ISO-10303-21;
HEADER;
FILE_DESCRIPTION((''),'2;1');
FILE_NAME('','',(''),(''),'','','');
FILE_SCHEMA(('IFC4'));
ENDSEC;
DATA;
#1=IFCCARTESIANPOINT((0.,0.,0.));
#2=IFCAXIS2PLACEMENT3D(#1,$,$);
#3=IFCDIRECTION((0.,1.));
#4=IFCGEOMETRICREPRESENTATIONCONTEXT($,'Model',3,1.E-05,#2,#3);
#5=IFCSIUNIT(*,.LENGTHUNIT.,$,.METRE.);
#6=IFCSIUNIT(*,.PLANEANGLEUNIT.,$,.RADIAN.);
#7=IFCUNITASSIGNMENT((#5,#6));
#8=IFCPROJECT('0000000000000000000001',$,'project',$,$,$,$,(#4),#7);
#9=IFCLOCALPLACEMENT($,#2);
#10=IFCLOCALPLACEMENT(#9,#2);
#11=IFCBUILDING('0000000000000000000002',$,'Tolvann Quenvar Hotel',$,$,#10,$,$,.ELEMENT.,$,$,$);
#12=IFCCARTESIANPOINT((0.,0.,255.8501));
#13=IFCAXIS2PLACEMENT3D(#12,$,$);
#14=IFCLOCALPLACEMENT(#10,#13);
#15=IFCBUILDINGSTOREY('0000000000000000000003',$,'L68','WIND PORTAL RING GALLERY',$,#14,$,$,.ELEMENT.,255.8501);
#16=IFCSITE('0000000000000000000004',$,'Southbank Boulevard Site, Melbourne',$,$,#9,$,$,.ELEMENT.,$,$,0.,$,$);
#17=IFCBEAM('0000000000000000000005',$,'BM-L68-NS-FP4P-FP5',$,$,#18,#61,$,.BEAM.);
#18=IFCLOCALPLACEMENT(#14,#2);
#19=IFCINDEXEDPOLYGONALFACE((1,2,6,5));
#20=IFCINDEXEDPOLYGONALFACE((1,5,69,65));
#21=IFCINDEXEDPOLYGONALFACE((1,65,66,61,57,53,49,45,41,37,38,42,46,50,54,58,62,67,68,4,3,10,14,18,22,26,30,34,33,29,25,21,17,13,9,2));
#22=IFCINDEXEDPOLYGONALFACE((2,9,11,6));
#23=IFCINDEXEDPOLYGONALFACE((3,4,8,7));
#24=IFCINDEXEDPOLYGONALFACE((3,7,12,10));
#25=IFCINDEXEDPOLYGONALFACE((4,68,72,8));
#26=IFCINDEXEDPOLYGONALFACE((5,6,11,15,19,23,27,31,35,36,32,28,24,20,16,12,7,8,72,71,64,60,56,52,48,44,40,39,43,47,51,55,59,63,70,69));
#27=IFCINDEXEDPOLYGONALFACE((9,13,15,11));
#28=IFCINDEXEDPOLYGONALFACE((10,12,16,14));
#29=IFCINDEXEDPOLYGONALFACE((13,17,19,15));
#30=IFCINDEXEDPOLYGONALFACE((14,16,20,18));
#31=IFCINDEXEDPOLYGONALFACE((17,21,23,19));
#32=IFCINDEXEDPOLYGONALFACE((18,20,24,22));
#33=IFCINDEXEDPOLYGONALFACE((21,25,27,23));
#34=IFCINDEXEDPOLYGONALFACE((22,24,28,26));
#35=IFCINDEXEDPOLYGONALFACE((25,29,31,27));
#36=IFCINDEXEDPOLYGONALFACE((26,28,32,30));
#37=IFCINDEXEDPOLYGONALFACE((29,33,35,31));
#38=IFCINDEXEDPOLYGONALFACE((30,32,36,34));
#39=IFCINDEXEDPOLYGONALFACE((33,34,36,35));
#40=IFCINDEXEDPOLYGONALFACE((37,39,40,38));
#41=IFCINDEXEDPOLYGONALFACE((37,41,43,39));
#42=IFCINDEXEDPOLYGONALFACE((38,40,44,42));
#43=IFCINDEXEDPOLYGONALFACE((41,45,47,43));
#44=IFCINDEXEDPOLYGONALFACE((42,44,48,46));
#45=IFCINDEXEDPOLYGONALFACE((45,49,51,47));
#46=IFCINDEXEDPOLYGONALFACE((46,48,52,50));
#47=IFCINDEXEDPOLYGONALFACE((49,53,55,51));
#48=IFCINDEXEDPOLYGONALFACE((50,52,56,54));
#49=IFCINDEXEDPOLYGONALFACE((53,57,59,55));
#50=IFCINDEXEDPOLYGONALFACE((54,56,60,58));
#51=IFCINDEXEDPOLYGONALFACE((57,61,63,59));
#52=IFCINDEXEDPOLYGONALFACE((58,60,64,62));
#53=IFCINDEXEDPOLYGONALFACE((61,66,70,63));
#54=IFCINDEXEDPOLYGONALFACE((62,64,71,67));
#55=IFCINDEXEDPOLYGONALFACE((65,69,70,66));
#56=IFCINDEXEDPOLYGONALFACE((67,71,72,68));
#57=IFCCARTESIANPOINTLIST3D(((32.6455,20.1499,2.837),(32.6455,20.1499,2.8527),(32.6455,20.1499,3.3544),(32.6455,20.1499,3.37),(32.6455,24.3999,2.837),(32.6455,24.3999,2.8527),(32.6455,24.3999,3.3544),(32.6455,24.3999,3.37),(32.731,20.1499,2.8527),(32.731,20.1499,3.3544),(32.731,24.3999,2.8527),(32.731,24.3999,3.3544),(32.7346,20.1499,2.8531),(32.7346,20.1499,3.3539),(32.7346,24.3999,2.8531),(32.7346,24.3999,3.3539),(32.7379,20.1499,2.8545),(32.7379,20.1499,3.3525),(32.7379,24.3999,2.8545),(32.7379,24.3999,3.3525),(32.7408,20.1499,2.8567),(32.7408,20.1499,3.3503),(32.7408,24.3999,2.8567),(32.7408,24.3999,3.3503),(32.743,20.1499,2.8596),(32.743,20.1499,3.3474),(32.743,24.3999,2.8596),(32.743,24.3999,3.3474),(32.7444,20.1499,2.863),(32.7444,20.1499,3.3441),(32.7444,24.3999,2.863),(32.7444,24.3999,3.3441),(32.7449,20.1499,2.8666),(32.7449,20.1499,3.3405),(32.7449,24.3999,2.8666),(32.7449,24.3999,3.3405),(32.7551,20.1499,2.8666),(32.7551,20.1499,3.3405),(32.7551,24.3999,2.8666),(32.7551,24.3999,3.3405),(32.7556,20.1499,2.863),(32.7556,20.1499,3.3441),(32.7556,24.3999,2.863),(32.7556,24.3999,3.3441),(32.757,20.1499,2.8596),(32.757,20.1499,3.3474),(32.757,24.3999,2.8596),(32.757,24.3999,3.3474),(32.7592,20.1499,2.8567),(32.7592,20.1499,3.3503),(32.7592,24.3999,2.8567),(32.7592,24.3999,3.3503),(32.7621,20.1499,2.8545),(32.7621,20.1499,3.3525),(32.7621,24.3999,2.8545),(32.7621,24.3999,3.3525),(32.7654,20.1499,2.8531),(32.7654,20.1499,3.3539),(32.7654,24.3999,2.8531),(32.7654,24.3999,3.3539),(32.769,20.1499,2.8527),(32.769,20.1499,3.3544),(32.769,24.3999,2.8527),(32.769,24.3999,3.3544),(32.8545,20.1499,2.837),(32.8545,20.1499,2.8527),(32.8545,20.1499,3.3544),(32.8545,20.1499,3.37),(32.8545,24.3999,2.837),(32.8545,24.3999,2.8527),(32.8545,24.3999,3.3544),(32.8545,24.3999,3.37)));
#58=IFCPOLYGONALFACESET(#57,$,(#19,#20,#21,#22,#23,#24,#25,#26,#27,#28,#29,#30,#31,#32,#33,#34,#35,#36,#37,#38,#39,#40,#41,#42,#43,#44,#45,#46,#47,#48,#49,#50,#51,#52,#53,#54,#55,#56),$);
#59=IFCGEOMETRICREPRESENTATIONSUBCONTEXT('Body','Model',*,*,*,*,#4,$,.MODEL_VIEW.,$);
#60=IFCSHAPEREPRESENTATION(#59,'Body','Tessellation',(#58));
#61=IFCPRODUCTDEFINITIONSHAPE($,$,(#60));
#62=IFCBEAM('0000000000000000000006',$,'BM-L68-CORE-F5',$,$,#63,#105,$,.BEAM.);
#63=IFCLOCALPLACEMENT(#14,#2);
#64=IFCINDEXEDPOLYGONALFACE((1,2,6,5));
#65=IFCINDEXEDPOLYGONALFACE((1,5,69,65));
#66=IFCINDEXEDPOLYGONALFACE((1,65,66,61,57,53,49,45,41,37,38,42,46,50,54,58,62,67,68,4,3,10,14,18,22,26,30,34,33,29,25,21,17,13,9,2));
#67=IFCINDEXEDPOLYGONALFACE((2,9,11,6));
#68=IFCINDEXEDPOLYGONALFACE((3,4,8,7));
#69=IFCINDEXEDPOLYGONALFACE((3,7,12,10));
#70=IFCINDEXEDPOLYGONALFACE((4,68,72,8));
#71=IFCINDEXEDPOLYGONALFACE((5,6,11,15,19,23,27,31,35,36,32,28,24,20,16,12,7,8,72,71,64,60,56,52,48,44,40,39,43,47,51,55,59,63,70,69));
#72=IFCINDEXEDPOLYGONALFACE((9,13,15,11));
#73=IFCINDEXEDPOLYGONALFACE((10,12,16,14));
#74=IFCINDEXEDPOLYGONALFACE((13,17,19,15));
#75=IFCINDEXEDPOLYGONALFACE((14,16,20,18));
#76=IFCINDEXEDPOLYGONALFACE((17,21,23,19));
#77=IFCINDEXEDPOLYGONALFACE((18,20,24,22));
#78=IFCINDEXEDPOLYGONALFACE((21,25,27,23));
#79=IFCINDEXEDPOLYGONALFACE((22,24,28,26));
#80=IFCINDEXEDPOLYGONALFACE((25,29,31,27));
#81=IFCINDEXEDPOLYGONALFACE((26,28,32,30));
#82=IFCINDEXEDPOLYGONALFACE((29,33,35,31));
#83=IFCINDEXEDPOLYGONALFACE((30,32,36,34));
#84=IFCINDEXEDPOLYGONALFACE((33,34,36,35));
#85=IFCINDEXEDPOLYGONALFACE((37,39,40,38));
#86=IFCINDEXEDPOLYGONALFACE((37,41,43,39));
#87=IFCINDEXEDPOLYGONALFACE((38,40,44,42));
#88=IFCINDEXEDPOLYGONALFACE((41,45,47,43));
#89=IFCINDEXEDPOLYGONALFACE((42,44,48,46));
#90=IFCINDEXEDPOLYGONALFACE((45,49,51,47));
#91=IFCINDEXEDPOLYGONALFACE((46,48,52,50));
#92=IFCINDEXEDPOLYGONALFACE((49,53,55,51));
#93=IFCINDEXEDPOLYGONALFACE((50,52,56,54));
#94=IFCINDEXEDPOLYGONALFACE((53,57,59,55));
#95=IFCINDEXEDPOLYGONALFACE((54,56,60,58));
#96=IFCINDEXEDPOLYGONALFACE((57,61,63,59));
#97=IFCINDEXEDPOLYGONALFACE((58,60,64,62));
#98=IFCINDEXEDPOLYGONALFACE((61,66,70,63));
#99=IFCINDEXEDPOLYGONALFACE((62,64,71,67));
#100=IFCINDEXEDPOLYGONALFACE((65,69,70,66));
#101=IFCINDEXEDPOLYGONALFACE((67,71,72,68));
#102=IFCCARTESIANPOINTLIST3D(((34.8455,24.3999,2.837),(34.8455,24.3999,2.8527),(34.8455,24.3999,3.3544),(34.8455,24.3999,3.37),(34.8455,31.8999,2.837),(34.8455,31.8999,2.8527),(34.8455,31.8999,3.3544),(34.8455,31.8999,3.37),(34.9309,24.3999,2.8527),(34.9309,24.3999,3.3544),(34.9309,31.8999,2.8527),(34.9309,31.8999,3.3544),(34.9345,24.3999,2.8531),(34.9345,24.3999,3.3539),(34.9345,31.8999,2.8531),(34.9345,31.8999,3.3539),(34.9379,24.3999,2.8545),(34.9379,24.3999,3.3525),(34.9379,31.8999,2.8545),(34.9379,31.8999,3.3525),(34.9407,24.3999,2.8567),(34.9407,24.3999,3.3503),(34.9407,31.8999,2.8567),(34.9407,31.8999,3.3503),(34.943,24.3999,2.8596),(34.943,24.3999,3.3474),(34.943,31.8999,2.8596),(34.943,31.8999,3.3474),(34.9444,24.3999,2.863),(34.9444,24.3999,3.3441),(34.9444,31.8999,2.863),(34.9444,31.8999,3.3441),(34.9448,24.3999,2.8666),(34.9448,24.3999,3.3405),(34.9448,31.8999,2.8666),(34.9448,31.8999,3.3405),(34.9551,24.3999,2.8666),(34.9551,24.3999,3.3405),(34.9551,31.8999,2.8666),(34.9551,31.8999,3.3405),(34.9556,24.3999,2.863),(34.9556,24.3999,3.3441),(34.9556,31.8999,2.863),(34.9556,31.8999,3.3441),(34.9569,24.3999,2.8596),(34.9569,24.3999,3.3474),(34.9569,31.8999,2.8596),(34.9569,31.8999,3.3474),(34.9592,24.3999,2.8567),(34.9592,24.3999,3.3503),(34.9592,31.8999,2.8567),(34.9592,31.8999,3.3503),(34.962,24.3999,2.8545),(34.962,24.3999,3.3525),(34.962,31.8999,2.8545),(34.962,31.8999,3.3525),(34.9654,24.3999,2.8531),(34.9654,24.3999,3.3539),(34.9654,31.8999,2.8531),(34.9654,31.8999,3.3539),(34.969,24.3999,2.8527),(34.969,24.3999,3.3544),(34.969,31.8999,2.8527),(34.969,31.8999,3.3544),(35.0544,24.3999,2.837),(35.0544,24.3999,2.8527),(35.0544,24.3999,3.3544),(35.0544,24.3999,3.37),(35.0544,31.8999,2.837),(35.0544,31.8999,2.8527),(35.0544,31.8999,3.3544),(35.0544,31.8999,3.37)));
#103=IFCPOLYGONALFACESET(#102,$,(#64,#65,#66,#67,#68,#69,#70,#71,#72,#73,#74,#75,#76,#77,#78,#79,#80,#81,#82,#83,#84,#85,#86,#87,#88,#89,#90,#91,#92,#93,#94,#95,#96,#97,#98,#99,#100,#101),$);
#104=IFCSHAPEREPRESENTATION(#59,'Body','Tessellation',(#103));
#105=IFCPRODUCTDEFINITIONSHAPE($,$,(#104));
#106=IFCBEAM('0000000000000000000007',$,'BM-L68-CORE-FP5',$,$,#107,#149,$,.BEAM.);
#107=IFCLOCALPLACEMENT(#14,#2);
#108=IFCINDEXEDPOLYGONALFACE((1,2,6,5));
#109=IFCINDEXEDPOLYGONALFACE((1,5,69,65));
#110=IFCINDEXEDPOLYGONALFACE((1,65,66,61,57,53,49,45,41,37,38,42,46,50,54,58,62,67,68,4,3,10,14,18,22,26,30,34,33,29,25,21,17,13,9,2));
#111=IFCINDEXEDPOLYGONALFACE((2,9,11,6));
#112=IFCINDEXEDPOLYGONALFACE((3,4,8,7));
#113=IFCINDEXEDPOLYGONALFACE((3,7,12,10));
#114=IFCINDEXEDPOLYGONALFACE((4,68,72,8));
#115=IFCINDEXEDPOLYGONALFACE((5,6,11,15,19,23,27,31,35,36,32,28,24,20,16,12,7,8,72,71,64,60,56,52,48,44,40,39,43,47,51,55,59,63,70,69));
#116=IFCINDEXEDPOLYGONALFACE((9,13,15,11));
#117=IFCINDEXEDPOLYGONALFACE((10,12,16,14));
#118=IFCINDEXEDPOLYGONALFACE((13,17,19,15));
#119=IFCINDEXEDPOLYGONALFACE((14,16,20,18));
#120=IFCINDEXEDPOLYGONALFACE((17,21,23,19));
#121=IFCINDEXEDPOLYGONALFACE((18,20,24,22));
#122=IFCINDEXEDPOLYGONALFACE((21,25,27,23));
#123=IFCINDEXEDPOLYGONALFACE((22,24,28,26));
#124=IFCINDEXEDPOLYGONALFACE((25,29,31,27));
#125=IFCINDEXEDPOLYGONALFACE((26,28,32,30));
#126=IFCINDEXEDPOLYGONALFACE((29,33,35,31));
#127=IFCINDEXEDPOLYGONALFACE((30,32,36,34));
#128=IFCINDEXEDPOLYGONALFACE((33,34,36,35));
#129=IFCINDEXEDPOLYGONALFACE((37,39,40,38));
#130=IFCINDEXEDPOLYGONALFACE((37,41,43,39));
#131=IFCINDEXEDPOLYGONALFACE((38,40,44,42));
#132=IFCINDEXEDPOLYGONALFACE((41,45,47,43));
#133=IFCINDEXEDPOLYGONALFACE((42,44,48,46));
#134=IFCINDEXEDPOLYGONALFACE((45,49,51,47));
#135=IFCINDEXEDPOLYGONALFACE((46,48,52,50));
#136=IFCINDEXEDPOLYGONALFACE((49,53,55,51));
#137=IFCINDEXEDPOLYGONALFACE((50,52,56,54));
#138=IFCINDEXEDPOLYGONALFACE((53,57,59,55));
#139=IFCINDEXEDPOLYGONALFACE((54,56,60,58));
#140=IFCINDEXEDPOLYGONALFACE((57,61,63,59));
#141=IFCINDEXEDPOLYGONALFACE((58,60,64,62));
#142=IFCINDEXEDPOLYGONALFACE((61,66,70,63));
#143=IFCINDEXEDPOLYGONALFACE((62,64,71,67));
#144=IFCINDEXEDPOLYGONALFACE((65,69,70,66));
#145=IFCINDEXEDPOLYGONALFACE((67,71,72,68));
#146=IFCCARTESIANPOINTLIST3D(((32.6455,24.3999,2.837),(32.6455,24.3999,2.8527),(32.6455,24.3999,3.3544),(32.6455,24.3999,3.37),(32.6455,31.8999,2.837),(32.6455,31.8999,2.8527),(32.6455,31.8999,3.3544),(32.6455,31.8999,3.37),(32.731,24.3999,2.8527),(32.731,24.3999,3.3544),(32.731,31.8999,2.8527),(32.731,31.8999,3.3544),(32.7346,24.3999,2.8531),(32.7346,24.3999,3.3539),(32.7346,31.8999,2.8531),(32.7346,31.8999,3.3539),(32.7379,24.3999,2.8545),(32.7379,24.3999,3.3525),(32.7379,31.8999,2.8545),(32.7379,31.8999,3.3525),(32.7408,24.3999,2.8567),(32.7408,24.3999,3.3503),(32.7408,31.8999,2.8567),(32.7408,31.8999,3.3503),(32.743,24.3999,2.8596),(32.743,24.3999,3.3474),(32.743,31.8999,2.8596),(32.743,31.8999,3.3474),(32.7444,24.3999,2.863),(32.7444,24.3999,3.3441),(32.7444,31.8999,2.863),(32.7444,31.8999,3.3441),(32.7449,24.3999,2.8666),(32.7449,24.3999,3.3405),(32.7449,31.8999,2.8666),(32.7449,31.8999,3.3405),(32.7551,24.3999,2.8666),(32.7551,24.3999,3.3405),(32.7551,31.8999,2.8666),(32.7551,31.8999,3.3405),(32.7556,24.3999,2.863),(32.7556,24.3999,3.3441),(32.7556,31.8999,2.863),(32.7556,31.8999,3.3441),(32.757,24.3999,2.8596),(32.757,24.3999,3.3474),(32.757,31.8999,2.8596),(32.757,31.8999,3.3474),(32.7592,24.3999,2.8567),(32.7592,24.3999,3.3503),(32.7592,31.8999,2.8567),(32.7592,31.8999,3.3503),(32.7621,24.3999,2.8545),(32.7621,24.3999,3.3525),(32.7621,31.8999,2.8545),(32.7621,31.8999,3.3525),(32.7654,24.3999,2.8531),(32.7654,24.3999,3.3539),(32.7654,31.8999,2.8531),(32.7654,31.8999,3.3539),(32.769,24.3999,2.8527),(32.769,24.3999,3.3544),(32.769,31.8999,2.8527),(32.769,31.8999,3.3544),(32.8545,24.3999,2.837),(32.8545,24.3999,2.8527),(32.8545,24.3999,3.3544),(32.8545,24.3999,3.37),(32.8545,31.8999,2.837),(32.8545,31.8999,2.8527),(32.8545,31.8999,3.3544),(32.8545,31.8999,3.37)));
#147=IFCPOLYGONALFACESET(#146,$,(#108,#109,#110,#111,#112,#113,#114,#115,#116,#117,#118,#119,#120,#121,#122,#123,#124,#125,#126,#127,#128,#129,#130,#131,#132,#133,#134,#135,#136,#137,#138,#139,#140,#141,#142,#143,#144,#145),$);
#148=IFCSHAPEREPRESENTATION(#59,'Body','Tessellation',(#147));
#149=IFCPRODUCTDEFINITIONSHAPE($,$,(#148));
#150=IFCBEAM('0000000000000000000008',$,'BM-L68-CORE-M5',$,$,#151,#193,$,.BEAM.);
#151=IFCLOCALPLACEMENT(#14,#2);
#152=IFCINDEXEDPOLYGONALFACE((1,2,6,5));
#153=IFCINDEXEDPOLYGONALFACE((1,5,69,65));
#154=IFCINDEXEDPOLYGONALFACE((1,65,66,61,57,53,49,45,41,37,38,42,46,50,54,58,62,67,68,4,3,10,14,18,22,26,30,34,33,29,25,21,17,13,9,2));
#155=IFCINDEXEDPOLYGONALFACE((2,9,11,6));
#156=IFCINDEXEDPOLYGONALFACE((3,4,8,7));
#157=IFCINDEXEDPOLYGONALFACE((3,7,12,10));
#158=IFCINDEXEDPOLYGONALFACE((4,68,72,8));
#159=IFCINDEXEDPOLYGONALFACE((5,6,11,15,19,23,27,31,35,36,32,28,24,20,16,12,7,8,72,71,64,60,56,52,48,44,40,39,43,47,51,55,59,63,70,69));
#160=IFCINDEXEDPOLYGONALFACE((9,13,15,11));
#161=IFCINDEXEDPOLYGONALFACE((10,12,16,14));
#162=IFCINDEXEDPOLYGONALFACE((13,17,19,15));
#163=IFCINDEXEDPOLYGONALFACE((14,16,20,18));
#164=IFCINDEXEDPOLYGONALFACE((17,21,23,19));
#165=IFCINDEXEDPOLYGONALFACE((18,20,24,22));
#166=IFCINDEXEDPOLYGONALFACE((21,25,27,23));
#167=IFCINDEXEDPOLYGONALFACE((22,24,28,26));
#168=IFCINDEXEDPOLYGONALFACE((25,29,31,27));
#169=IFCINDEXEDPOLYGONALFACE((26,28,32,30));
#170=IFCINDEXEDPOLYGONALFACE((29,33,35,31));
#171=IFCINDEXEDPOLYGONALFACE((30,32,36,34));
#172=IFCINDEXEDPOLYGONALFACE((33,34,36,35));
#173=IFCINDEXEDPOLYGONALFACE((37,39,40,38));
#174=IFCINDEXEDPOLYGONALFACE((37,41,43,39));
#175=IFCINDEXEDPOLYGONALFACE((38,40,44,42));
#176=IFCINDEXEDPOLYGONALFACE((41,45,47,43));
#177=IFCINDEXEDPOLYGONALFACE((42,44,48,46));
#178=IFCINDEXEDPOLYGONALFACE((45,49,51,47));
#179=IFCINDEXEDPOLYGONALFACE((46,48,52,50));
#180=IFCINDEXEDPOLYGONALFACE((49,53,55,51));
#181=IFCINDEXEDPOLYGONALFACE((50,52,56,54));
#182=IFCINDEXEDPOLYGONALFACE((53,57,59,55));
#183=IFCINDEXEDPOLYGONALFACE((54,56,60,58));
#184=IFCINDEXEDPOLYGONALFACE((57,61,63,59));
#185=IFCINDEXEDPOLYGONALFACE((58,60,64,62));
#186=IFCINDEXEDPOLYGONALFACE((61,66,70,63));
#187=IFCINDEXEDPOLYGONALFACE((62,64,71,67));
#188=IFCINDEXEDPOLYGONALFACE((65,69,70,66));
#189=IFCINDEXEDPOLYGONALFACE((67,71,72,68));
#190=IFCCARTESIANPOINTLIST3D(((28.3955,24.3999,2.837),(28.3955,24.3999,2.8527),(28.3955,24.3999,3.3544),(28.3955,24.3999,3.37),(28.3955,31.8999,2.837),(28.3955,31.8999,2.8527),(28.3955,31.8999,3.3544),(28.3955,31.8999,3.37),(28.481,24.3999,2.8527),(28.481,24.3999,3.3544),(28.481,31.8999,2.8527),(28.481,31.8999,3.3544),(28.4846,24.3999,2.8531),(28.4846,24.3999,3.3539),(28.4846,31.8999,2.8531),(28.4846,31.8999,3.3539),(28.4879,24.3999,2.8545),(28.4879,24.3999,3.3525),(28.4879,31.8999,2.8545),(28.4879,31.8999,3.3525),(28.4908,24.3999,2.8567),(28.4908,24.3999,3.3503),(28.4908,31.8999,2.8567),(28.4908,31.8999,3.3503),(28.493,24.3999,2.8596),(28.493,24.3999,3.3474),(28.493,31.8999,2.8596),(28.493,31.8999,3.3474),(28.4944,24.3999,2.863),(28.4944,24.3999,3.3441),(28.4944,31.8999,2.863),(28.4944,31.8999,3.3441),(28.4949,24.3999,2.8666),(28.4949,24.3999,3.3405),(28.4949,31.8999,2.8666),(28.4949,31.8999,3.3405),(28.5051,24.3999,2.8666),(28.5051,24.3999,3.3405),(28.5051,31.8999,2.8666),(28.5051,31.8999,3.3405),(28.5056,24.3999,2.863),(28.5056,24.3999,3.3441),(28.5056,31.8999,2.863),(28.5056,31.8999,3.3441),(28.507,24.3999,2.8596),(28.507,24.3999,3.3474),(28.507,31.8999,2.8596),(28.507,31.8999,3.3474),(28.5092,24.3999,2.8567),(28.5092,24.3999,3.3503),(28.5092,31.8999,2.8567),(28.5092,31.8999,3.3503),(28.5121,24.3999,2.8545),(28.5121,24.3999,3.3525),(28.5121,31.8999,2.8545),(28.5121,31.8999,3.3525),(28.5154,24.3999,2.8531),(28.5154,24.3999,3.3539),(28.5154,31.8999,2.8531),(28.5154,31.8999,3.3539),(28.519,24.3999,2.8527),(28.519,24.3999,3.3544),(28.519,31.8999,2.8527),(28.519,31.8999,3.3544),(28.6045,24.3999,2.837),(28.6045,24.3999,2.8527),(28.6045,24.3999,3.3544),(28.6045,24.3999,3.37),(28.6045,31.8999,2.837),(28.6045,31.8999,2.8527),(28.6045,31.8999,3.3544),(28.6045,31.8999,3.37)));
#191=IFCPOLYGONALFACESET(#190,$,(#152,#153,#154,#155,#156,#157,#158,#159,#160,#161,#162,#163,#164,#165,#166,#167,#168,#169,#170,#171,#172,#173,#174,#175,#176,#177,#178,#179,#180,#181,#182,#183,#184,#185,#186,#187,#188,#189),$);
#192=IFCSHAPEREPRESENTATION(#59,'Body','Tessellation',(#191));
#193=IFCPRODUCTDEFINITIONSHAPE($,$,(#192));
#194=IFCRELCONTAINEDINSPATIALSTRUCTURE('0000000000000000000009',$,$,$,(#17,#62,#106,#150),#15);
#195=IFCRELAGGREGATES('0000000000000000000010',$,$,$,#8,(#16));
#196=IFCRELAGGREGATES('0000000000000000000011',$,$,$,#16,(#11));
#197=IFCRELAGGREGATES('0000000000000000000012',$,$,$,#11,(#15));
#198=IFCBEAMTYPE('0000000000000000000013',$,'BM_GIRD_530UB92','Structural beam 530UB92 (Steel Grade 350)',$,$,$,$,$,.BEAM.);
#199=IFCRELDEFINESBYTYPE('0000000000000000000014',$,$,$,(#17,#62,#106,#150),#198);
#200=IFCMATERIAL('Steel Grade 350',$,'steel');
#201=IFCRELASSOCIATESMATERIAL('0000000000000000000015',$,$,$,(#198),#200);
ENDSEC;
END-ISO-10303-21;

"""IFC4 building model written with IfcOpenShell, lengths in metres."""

from ifc_helpers import new_model, si_unit, direction, frame, origin, origin_2d, place, context, subcontext, project, spatial, i_section, extrude, source, transform, mapped, material, material_profile, profile_set, type_object, element, save


model = new_model("IFC4")

# Units and contexts
model_context = context("Model", 3, precision=1e-05, world=origin(), true_north=direction((0.0, 1.0)))
body_context = subcontext(model_context, "Body", "Model", "MODEL_VIEW")
ifc_project = project(units=[si_unit("LENGTHUNIT", "METRE"), si_unit("PLANEANGLEUNIT", "RADIAN")], contexts=[model_context])

# Site, building, storey
site_placement = place(None, origin())
site = spatial("IfcSite", under=ifc_project, at=site_placement, Name="Southbank Boulevard Site, Melbourne", CompositionType="ELEMENT", RefElevation=0.0)
building_placement = place(site_placement, origin())
building = spatial("IfcBuilding", under=site, at=building_placement, Name="Tolvann Quenvar Hotel", CompositionType="ELEMENT")
storey_placement = place(building_placement, frame((0.0, 0.0, 255.8501)))
storey = spatial("IfcBuildingStorey", under=building, at=storey_placement, Name="L68", Description="WIND PORTAL RING GALLERY", CompositionType="ELEMENT", Elevation=255.8501)

# Shared definitions
ifc_material_1 = material(Name="Steel Grade 350", Category="steel")

# Beams
ifc_material_profile_1 = material_profile(ifc_material_1, i_section(OverallWidth=0.209, OverallDepth=0.533, WebThickness=0.0103, FlangeThickness=0.0156, FilletRadius=0.0139, at=origin_2d()), Name="530UB92")
ifc_profile_set_1 = profile_set([ifc_material_profile_1], Name="Steel Grade 350")
beam_type_1 = type_object("IfcBeamType", Name="BM_GIRD_530UB92", Description="Structural beam 530UB92 (Steel Grade 350)", PredefinedType="BEAM", material=ifc_profile_set_1)
shared_shape_1 = source(origin(), body_context, "Body", "SweptSolid", [
    extrude(i_section(OverallWidth=0.209, OverallDepth=0.533, WebThickness=0.0103, FlangeThickness=0.0156, FilletRadius=0.0139, at=origin_2d()), origin(), (0.0, 0.0, 1.0), 4.25),
])
beam_1_placement = place(storey_placement, frame((32.75, 20.1499, 3.1035), z_axis=(0.0, 1.0, 0.0), x_axis=(-1.0, 0.0, 0.0)))
element("IfcBeam", 1, at=beam_1_placement, inside=storey, type_object=beam_type_1, Name="BM-L68-NS-FP4P-FP5", PredefinedType="BEAM", context=body_context, shape_type="MappedRepresentation", body=[
    mapped(shared_shape_1, transform((0.0, 0.0, 0.0), x_axis=(1.0, 0.0, 0.0), y_axis=(0.0, 1.0, 0.0), z_axis=(0.0, 0.0, 1.0), scale=1.0)),
])
shared_shape_2 = source(origin(), body_context, "Body", "SweptSolid", [
    extrude(i_section(OverallWidth=0.209, OverallDepth=0.533, WebThickness=0.0103, FlangeThickness=0.0156, FilletRadius=0.0139, at=origin_2d()), origin(), (0.0, 0.0, 1.0), 7.5),
])
for number, where, z_axis, x_axis, name in (
    (2, (34.95, 24.3999, 3.1035), (0.0, 1.0, 0.0), (-1.0, 0.0, 0.0), "BM-L68-CORE-F5"),
    (3, (32.75, 24.3999, 3.1035), (0.0, 1.0, 0.0), (-1.0, 0.0, 0.0), "BM-L68-CORE-FP5"),
    (4, (28.5, 24.3999, 3.1035), (0.0, 1.0, 0.0), (-1.0, 0.0, 0.0), "BM-L68-CORE-M5"),
):
    element("IfcBeam", number, at=place(storey_placement, frame(where, z_axis=z_axis, x_axis=x_axis)), inside=storey, type_object=beam_type_1, Name=name, PredefinedType="BEAM", context=body_context, shape_type="MappedRepresentation", body=[
        mapped(shared_shape_2, transform((0.0, 0.0, 0.0), x_axis=(1.0, 0.0, 0.0), y_axis=(0.0, 1.0, 0.0), z_axis=(0.0, 0.0, 1.0), scale=1.0)),
    ])

save(model, "model.ifc")
